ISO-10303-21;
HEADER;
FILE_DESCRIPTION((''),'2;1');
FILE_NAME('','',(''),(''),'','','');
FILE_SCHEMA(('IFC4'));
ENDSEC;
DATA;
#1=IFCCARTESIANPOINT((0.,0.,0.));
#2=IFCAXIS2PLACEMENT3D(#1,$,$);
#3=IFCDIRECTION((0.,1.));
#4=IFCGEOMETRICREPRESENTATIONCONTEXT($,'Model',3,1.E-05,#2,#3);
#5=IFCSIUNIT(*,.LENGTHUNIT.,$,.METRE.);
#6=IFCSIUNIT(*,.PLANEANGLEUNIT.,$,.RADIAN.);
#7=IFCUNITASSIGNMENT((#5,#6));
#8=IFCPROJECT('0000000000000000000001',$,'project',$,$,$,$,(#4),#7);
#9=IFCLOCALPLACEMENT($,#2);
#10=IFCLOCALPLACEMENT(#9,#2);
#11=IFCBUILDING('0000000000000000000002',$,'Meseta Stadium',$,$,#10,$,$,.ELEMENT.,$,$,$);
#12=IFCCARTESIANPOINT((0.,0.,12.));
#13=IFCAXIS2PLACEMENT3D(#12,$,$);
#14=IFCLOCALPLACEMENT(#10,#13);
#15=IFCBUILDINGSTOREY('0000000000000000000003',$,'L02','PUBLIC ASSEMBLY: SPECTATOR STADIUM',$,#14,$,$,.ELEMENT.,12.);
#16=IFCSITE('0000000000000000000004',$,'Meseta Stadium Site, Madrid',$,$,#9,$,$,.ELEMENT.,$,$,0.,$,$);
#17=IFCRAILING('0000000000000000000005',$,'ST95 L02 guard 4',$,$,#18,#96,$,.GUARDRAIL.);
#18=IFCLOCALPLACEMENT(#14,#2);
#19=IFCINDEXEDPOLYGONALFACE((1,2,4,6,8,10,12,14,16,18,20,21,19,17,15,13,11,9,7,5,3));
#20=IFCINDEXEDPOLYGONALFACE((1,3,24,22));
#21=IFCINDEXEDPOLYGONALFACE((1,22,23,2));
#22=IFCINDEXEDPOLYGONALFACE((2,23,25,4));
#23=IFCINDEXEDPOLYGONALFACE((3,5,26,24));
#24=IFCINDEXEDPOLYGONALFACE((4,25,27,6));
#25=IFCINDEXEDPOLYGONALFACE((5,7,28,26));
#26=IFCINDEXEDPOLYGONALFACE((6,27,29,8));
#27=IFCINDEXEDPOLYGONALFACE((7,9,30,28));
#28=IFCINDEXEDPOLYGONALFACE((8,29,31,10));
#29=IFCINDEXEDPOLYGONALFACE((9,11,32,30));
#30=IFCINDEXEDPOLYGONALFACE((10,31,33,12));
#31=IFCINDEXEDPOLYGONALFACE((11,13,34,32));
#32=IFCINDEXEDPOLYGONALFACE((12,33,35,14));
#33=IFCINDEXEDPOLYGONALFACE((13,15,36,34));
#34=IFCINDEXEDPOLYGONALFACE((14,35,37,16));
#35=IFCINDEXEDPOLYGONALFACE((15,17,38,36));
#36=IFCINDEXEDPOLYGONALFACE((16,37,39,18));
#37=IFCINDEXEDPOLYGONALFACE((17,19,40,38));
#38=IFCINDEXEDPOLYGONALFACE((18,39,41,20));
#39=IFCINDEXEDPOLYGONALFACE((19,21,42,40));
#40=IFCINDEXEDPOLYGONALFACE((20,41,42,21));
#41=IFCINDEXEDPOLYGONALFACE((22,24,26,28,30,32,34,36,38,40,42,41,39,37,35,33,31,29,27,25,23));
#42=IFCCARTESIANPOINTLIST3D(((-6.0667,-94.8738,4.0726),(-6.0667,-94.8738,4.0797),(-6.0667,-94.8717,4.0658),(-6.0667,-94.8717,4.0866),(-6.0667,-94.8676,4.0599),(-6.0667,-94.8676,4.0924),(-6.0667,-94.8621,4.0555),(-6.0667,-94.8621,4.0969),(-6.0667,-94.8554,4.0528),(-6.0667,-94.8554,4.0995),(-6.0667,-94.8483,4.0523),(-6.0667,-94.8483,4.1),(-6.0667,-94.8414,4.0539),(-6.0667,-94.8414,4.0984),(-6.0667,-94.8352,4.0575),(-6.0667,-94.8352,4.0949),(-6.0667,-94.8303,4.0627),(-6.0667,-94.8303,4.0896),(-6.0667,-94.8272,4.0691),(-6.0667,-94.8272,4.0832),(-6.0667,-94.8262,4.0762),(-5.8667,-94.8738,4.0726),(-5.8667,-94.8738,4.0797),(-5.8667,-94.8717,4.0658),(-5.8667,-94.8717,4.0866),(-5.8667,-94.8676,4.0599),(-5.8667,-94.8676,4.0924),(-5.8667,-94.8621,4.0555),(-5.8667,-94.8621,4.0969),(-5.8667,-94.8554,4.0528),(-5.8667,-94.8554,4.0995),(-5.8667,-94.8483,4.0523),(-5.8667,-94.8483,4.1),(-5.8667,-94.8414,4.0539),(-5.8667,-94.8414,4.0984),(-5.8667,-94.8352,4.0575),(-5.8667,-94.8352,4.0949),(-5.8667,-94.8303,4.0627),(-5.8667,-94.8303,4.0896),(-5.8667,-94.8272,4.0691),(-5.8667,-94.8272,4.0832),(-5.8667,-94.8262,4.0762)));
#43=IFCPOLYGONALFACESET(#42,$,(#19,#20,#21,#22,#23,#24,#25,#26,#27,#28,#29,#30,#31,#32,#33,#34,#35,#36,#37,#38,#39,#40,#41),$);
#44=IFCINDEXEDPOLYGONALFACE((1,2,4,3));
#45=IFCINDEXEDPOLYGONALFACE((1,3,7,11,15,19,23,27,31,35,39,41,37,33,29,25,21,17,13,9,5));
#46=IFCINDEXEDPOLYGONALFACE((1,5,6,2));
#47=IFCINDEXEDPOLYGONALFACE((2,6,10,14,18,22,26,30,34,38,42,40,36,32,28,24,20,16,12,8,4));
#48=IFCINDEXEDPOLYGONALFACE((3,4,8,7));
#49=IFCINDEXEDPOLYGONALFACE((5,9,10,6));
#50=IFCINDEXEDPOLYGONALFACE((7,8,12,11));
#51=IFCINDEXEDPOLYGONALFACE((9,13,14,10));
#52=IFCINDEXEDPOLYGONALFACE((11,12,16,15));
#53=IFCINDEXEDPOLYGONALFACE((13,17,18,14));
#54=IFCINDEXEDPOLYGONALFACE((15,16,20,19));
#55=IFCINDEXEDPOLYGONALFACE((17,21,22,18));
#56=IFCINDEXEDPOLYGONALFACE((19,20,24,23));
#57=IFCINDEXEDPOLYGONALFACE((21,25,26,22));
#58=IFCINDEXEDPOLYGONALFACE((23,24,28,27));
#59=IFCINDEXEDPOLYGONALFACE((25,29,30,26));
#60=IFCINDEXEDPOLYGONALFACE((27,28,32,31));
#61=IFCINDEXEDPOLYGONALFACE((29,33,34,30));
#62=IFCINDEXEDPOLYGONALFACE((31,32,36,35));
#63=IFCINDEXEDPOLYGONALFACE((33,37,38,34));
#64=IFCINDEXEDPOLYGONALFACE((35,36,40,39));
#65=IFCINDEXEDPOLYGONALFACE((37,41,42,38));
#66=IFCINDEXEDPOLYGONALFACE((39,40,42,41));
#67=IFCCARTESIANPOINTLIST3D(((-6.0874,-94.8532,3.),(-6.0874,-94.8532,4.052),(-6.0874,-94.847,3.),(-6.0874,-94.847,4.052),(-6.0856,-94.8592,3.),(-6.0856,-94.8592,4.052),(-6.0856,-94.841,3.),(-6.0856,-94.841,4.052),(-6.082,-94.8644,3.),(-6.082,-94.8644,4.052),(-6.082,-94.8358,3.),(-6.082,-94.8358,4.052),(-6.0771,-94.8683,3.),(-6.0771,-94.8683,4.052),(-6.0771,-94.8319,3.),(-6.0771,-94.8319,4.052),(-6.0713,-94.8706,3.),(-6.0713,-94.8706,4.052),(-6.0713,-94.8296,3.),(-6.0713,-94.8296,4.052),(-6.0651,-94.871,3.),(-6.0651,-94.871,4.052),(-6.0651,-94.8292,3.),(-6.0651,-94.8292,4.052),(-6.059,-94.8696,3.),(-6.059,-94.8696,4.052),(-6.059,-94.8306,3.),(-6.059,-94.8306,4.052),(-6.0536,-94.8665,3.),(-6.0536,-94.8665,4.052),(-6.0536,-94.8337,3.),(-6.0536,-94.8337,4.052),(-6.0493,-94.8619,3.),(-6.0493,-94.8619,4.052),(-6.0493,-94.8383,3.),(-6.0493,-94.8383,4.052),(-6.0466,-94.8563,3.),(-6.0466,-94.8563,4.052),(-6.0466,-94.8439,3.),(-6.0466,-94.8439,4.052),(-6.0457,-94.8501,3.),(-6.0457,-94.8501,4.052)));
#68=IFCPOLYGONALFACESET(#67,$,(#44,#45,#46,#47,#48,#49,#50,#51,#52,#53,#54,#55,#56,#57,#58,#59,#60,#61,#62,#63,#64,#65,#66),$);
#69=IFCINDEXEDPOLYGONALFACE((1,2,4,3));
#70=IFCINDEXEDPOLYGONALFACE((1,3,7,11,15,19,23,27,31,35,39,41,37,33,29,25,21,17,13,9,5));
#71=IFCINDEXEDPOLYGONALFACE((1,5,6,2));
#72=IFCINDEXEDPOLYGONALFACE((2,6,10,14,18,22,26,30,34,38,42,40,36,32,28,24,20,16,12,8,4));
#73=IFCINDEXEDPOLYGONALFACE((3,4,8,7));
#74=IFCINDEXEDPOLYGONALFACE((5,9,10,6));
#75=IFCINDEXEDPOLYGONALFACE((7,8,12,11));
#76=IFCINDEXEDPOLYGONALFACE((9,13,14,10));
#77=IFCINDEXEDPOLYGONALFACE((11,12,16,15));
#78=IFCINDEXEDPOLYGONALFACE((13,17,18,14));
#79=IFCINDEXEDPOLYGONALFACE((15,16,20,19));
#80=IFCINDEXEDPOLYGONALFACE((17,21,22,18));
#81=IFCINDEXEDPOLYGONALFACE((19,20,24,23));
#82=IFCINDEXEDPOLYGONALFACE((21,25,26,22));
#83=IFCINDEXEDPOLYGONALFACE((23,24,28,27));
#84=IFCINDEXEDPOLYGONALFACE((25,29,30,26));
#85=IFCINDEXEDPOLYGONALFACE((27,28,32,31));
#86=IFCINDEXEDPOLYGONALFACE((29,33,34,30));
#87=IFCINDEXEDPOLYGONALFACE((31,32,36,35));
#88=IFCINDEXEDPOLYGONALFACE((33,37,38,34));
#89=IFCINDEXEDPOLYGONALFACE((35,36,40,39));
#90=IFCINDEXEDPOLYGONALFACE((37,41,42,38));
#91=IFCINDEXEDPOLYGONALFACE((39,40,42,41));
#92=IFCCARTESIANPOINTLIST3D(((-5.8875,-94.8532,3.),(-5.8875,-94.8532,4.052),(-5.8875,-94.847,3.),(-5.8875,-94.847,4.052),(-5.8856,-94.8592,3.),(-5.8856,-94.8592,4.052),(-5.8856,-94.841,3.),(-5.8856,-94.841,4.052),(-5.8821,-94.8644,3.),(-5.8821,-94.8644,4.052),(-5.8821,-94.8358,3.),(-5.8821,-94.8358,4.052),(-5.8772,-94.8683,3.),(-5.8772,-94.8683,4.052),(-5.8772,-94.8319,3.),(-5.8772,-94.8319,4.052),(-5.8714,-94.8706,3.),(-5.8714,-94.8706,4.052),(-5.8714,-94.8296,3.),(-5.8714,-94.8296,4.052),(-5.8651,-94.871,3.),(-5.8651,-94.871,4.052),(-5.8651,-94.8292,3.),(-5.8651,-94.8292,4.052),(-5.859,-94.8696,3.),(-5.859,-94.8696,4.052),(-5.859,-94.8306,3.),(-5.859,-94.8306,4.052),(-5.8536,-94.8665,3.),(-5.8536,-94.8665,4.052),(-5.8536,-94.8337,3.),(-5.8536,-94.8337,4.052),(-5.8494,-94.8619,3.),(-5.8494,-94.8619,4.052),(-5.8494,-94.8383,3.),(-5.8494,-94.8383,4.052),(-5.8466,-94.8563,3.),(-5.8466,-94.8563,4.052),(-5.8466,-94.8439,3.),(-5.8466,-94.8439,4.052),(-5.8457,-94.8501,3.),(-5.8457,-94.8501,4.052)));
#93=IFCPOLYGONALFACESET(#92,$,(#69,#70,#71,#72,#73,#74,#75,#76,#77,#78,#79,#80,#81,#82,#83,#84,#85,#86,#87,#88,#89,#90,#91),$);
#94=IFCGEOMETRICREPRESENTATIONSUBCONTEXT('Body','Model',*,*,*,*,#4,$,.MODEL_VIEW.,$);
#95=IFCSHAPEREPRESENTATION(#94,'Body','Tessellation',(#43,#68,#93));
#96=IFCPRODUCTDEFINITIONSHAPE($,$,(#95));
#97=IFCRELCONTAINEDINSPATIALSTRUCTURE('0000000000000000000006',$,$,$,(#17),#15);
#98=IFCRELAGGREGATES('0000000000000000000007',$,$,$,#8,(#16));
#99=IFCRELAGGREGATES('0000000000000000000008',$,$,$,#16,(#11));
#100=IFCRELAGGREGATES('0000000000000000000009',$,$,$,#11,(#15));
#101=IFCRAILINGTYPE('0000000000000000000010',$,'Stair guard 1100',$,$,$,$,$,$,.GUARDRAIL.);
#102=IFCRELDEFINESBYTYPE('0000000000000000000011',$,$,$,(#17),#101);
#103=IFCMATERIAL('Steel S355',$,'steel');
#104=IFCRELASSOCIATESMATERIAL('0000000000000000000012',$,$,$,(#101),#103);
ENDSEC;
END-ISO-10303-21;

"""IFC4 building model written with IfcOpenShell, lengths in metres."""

from ifc_helpers import new_model, si_unit, direction, frame, origin, origin_2d, place, context, subcontext, project, spatial, circle, extrude, material, type_object, element, save


model = new_model("IFC4")

# Units and contexts
model_context = context("Model", 3, precision=1e-05, world=origin(), true_north=direction((0.0, 1.0)))
body_context = subcontext(model_context, "Body", "Model", "MODEL_VIEW")
ifc_project = project(units=[si_unit("LENGTHUNIT", "METRE"), si_unit("PLANEANGLEUNIT", "RADIAN")], contexts=[model_context])

# Site, building, storey
site_placement = place(None, origin())
site = spatial("IfcSite", under=ifc_project, at=site_placement, Name="Meseta Stadium Site, Madrid", CompositionType="ELEMENT", RefElevation=0.0)
building_placement = place(site_placement, origin())
building = spatial("IfcBuilding", under=site, at=building_placement, Name="Meseta Stadium", CompositionType="ELEMENT")
storey_placement = place(building_placement, frame((0.0, 0.0, 12.0)))
storey = spatial("IfcBuildingStorey", under=building, at=storey_placement, Name="L02", Description="PUBLIC ASSEMBLY: SPECTATOR STADIUM", CompositionType="ELEMENT", Elevation=12.0)

# Railing
ifc_material_1 = material(Name="Steel S355", Category="steel")
railing_type_1 = type_object("IfcRailingType", Name="Stair guard 1100", PredefinedType="GUARDRAIL", material=ifc_material_1)
railing_1_placement = place(storey_placement, frame((-6.0667, -94.8501, 3.0)))
element("IfcRailing", 1, at=railing_1_placement, inside=storey, type_object=railing_type_1, Name="ST95 L02 guard 4", PredefinedType="GUARDRAIL", context=body_context, shape_type="SweptSolid", body=[
    extrude(circle(Radius=0.0239, at=origin_2d()), frame((0.0, 0.0, 1.0762), z_axis=(1.0, 0.0, 0.0), x_axis=(0.0, 1.0, 0.0)), (0.0, 0.0, 1.0), 0.2),
    extrude(circle(Radius=0.021, at=origin_2d()), origin(), (0.0, 0.0, 1.0), 1.052),
    extrude(circle(Radius=0.021, at=origin_2d()), frame((0.2, 0.0, 0.0)), (0.0, 0.0, 1.0), 1.052),
])

save(model, "model.ifc")
